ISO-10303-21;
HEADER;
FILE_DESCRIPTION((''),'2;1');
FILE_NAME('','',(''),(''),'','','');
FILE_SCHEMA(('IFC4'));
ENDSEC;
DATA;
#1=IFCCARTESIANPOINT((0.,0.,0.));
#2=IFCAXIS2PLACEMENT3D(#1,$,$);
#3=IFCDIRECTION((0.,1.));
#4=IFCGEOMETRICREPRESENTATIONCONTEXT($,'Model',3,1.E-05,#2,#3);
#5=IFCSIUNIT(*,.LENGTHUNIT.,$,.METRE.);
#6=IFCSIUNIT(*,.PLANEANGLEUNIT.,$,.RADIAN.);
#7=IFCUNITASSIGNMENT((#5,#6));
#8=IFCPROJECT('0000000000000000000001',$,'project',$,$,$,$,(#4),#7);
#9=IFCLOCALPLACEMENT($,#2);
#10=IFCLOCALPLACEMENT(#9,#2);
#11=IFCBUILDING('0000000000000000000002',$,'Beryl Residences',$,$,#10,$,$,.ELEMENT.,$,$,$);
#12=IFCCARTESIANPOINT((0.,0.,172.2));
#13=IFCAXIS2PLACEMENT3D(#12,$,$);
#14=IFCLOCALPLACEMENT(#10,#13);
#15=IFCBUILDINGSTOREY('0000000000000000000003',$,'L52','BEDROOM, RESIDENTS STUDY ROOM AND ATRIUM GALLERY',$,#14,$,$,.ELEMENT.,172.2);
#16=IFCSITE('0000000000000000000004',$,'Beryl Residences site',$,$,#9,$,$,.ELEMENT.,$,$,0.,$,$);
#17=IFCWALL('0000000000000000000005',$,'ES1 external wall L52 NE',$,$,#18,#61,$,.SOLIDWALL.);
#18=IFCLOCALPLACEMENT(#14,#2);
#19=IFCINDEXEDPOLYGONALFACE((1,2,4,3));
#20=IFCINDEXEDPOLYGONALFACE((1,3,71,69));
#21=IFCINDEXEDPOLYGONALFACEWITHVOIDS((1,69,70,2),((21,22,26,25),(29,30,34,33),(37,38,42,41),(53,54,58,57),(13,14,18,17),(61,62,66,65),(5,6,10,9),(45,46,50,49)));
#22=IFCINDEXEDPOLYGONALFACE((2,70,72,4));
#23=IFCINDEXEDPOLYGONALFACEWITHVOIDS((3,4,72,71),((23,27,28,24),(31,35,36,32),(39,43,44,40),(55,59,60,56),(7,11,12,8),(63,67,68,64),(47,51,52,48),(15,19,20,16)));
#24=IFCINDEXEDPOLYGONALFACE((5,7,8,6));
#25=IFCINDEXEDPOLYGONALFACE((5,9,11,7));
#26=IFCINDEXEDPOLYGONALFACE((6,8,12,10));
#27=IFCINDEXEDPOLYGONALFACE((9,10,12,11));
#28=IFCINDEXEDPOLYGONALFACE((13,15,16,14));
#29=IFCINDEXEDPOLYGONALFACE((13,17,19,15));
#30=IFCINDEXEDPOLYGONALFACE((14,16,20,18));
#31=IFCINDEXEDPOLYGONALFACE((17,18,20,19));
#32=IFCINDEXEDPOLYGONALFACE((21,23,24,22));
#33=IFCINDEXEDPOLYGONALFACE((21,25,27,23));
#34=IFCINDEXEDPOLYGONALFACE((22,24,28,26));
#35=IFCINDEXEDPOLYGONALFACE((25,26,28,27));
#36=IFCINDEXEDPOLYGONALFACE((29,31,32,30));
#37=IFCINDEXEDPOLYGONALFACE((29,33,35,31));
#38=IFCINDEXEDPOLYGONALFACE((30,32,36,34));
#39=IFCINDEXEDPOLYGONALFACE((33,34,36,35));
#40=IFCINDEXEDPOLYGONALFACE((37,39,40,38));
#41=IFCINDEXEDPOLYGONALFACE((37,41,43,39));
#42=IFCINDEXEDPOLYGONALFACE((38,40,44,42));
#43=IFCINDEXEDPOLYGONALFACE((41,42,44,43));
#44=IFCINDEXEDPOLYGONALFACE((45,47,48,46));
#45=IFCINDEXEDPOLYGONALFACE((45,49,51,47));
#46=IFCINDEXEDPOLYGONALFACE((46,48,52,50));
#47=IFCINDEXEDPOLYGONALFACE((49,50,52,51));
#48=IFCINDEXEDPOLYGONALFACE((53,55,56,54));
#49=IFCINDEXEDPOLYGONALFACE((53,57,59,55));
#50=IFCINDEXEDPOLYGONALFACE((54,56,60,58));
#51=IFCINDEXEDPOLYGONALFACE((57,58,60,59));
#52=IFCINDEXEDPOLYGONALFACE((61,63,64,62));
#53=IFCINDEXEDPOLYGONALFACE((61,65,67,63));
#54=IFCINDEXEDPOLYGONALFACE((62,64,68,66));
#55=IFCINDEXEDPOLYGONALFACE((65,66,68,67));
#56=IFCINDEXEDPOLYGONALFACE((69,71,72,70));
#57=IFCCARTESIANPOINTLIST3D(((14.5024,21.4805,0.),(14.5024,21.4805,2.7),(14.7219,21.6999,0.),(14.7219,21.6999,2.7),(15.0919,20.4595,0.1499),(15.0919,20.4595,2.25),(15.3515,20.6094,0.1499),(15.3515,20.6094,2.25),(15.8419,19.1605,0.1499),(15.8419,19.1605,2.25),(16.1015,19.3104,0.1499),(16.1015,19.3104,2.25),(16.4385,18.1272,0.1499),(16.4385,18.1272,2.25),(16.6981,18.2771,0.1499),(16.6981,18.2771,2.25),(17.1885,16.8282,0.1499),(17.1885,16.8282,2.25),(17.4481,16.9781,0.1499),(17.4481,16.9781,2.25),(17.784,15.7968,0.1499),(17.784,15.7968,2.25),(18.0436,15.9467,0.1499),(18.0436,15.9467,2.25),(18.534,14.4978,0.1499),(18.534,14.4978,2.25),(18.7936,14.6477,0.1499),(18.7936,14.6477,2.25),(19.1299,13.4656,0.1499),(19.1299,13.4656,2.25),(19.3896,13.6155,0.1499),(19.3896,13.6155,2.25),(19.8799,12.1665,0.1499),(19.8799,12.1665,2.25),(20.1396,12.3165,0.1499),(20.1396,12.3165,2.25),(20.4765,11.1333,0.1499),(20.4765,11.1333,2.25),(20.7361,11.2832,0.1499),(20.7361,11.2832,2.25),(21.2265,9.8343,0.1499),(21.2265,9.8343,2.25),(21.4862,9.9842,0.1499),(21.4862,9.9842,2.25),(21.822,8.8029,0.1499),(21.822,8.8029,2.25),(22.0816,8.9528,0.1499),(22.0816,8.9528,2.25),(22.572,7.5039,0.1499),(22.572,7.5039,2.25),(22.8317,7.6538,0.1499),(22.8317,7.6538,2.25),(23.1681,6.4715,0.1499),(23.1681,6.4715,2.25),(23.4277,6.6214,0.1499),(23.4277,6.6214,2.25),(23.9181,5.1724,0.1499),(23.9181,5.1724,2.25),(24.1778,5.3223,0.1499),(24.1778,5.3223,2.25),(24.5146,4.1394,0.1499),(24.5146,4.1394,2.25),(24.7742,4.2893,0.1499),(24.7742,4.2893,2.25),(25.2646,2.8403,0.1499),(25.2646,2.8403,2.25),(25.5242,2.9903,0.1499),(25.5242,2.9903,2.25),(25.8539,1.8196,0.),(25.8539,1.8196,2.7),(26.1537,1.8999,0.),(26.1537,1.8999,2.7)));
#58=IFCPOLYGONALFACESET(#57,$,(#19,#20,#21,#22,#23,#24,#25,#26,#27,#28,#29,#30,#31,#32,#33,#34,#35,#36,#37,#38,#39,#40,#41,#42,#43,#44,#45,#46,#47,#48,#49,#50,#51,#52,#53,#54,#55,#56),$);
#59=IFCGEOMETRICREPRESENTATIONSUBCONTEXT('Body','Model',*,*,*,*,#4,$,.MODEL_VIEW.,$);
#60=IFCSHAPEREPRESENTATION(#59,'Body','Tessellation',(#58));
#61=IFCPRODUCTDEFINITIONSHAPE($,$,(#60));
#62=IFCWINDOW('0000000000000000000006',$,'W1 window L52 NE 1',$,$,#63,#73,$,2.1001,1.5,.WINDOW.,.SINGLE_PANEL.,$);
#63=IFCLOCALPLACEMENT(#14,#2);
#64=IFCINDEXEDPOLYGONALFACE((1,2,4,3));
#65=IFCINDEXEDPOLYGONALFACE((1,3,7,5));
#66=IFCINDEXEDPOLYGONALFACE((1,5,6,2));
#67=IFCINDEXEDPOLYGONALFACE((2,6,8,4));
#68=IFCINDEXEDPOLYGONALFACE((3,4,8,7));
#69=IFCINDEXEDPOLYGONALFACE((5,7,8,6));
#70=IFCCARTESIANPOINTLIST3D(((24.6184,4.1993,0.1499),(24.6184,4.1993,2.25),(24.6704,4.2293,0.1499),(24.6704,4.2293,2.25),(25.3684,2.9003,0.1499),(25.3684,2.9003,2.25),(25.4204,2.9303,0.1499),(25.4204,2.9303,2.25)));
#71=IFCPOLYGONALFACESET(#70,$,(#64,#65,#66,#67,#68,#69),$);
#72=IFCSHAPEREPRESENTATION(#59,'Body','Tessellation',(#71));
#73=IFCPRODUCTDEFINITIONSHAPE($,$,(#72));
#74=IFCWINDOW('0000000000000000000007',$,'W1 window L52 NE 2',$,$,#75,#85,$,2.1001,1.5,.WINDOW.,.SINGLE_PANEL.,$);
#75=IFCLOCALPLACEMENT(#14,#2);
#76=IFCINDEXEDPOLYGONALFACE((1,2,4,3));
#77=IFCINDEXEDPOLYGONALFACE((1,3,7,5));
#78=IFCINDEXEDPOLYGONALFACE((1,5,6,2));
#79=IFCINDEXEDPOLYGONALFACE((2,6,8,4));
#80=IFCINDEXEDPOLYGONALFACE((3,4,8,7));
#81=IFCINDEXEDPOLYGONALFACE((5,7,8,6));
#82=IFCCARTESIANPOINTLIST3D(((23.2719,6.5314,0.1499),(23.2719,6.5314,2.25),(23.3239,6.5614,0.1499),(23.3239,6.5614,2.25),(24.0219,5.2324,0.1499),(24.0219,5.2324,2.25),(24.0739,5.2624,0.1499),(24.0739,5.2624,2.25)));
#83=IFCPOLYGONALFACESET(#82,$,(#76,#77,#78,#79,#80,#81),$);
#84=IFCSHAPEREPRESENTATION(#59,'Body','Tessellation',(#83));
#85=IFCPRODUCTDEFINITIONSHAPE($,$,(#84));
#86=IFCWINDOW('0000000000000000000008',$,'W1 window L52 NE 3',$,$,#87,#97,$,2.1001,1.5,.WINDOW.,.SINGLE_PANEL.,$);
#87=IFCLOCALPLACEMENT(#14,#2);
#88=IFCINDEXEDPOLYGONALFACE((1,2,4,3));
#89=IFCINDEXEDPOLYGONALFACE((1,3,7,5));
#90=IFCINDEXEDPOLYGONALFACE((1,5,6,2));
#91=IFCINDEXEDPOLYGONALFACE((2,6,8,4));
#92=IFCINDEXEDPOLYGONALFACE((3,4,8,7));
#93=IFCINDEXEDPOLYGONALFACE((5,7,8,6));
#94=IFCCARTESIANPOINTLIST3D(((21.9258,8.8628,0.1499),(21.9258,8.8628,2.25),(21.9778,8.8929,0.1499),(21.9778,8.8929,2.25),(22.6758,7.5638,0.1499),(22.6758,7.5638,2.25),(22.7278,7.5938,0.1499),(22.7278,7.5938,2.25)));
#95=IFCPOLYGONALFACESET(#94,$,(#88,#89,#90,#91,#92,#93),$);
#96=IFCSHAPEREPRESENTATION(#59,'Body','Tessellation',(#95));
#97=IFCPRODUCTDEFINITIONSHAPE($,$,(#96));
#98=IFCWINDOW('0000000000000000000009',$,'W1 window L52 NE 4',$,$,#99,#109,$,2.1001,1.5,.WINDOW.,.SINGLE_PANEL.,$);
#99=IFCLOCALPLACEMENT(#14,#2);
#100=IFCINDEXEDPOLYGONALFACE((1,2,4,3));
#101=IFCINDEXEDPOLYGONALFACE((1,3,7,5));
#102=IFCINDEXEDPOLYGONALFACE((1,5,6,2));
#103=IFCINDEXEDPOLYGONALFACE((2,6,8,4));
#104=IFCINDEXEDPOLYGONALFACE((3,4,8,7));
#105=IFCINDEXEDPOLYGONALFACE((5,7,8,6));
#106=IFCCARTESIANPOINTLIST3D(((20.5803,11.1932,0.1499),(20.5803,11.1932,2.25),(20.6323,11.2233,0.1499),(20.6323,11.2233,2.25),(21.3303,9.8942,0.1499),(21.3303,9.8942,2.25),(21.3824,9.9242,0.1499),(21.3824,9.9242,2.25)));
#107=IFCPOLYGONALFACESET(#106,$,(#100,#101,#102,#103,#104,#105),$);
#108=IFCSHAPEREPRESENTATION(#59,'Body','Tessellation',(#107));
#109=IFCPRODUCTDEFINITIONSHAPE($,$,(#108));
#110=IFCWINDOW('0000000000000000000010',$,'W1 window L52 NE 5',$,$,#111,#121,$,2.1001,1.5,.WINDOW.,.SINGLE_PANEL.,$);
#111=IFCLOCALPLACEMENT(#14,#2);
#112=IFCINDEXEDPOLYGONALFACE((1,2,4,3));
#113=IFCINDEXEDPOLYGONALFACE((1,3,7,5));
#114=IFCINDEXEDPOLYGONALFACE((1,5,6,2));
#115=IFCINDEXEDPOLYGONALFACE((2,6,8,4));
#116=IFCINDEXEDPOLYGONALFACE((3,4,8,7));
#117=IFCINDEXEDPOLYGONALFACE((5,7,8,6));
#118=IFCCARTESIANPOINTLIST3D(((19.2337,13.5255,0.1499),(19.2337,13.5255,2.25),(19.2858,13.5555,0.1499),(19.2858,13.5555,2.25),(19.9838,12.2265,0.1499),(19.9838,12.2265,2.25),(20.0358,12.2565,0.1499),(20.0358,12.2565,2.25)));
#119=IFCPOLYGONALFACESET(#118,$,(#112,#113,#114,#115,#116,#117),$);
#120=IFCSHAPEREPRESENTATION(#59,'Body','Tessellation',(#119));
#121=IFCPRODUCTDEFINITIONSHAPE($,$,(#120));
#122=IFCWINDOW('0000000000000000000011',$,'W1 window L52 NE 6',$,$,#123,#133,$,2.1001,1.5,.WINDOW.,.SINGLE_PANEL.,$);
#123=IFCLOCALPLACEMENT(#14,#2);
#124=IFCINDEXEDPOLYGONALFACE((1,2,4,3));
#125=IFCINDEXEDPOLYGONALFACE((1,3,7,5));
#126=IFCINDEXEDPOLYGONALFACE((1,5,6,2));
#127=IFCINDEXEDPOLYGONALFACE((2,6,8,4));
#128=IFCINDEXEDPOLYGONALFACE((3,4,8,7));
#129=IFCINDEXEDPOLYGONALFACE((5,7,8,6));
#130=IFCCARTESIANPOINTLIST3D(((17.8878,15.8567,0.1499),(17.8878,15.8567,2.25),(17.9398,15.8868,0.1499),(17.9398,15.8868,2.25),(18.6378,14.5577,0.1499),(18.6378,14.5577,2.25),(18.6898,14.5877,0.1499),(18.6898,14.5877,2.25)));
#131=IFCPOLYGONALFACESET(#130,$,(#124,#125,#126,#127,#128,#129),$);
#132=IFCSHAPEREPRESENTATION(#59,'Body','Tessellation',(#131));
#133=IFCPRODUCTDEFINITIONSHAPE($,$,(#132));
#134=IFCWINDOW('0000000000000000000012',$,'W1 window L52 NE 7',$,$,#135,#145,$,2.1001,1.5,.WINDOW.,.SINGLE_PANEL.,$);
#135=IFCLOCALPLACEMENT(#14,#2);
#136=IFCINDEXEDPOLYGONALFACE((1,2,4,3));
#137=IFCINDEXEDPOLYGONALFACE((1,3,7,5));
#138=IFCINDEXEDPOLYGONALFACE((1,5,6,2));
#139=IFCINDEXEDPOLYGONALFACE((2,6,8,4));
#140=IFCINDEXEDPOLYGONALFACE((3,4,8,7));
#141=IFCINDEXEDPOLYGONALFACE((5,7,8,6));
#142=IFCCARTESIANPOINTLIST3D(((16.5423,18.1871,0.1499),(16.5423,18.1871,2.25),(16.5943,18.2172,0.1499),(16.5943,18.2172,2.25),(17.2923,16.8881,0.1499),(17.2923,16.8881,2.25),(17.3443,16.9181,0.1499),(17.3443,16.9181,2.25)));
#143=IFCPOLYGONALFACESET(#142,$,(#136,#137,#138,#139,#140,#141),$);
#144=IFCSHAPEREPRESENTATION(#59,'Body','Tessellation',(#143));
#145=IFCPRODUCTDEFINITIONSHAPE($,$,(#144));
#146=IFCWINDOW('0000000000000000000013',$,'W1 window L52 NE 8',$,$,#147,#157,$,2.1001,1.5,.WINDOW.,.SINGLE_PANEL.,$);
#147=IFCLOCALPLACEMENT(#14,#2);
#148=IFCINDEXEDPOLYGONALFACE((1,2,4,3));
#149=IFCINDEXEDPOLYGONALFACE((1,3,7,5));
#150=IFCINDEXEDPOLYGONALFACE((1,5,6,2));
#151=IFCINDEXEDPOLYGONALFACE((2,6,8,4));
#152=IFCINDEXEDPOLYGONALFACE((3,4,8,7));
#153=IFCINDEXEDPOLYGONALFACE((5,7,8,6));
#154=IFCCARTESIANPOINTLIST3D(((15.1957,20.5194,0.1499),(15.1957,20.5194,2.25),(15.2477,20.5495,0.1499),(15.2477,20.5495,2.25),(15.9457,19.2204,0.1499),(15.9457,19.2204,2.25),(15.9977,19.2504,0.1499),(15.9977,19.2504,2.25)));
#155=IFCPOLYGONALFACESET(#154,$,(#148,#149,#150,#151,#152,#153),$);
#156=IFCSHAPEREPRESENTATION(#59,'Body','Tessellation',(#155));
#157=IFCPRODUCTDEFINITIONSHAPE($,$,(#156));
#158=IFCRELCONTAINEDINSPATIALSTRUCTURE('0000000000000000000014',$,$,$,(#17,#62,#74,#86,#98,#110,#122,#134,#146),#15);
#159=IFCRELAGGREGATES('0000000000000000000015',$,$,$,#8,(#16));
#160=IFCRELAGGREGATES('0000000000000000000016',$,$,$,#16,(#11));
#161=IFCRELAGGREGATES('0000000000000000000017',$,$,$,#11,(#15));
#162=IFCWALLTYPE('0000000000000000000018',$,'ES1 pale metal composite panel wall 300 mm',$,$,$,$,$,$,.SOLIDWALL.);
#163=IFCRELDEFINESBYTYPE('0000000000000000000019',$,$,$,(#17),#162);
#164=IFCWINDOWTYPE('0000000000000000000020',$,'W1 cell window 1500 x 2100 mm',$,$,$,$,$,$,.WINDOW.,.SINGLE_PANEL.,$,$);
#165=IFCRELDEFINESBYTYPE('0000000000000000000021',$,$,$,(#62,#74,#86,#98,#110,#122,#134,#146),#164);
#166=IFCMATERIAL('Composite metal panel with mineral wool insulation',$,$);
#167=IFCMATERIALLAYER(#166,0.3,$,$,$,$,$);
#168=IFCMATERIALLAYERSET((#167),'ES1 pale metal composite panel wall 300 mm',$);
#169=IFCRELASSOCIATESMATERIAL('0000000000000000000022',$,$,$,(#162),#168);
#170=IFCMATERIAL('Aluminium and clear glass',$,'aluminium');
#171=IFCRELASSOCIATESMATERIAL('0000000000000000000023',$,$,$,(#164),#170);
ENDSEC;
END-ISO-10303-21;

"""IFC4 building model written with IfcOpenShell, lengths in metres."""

from ifc_helpers import new_model, si_unit, direction, frame, frame_2d, origin, place, context, subcontext, project, spatial, polyline, rectangle, outline, extrude, material, layer, layer_set, type_object, element, fill, save


model = new_model("IFC4")

# Units and contexts
model_context = context("Model", 3, precision=1e-05, world=origin(), true_north=direction((0.0, 1.0)))
body_context = subcontext(model_context, "Body", "Model", "MODEL_VIEW")
ifc_project = project(units=[si_unit("LENGTHUNIT", "METRE"), si_unit("PLANEANGLEUNIT", "RADIAN")], contexts=[model_context])

# Site, building, storey
site_placement = place(None, origin())
site = spatial("IfcSite", under=ifc_project, at=site_placement, Name="Beryl Residences site", CompositionType="ELEMENT", RefElevation=0.0)
building_placement = place(site_placement, origin())
building = spatial("IfcBuilding", under=site, at=building_placement, Name="Beryl Residences", CompositionType="ELEMENT")
storey_placement = place(building_placement, frame((0.0, 0.0, 172.2)))
storey = spatial("IfcBuildingStorey", under=building, at=storey_placement, Name="L52", Description="BEDROOM, RESIDENTS STUDY ROOM AND ATRIUM GALLERY", CompositionType="ELEMENT", Elevation=172.2)

# Wall, openings, windows
ifc_material_1 = material(Name="Composite metal panel with mineral wool insulation")
ifc_layer = layer(ifc_material_1, 0.3)
ifc_layer_set = layer_set([ifc_layer], Name="ES1 pale metal composite panel wall 300 mm")
wall_type = type_object("IfcWallType", Name="ES1 pale metal composite panel wall 300 mm", PredefinedType="SOLIDWALL", material=ifc_layer_set)
wall_placement = place(storey_placement, frame((26.0239, 1.825, 0.0), z_axis=(0.0, 0.0, 1.0), x_axis=(-0.500011, 0.866019, 0.0)))
wall = element("IfcWall", 1, at=wall_placement, inside=storey, type_object=wall_type, Name="ES1 external wall L52 NE", PredefinedType="SOLIDWALL", context=body_context, shape_type="SweptSolid", body=[
    extrude(outline(polyline([(0.0, -0.1499), (22.8633, -0.1499), (22.783, 0.1499), (0.0803, 0.1499), (0.0, -0.1499)])), origin(), (0.0, 0.0, 1.0), 2.7),
])
opening_1_placement = place(wall_placement, frame((1.259, 0.0, 0.1499)))
opening_1 = element("IfcOpeningElement", 2, at=opening_1_placement, cuts=wall, PredefinedType="OPENING", context=body_context, shape_type="SweptSolid", body=[
    extrude(rectangle(XDim=1.5, YDim=2.1001, at=frame_2d((0.75, 1.05))), frame((0.0, 0.1599, 0.0), z_axis=(0.0, -1.0, 0.0), x_axis=(1.0, 0.0, 0.0)), (0.0, 0.0, 1.0), 0.3201),
])
opening_2_placement = place(wall_placement, frame((3.9519, 0.0, 0.1499)))
opening_2 = element("IfcOpeningElement", 3, at=opening_2_placement, cuts=wall, PredefinedType="OPENING", context=body_context, shape_type="SweptSolid", body=[
    extrude(rectangle(XDim=1.5, YDim=2.1001, at=frame_2d((0.75, 1.05))), frame((0.0, 0.1599, 0.0), z_axis=(0.0, -1.0, 0.0), x_axis=(1.0, 0.0, 0.0)), (0.0, 0.0, 1.0), 0.3201),
])
opening_3_placement = place(wall_placement, frame((6.644, 0.0, 0.1499)))
opening_3 = element("IfcOpeningElement", 4, at=opening_3_placement, cuts=wall, PredefinedType="OPENING", context=body_context, shape_type="SweptSolid", body=[
    extrude(rectangle(XDim=1.5, YDim=2.1001, at=frame_2d((0.75, 1.05))), frame((0.0, 0.1599, 0.0), z_axis=(0.0, -1.0, 0.0), x_axis=(1.0, 0.0, 0.0)), (0.0, 0.0, 1.0), 0.3201),
])
opening_4_placement = place(wall_placement, frame((9.335, 0.0, 0.1499)))
opening_4 = element("IfcOpeningElement", 5, at=opening_4_placement, cuts=wall, PredefinedType="OPENING", context=body_context, shape_type="SweptSolid", body=[
    extrude(rectangle(XDim=1.5, YDim=2.1001, at=frame_2d((0.75, 1.05))), frame((0.0, 0.1599, 0.0), z_axis=(0.0, -1.0, 0.0), x_axis=(1.0, 0.0, 0.0)), (0.0, 0.0, 1.0), 0.3201),
])
opening_5_placement = place(wall_placement, frame((12.0281, 0.0, 0.1499)))
opening_5 = element("IfcOpeningElement", 6, at=opening_5_placement, cuts=wall, PredefinedType="OPENING", context=body_context, shape_type="SweptSolid", body=[
    extrude(rectangle(XDim=1.5, YDim=2.1001, at=frame_2d((0.75, 1.05))), frame((0.0, 0.1599, 0.0), z_axis=(0.0, -1.0, 0.0), x_axis=(1.0, 0.0, 0.0)), (0.0, 0.0, 1.0), 0.3201),
])
opening_6_placement = place(wall_placement, frame((14.72, 0.0, 0.1499)))
opening_6 = element("IfcOpeningElement", 7, at=opening_6_placement, cuts=wall, PredefinedType="OPENING", context=body_context, shape_type="SweptSolid", body=[
    extrude(rectangle(XDim=1.5, YDim=2.1001, at=frame_2d((0.75, 1.05))), frame((0.0, 0.1599, 0.0), z_axis=(0.0, -1.0, 0.0), x_axis=(1.0, 0.0, 0.0)), (0.0, 0.0, 1.0), 0.3201),
])
opening_7_placement = place(wall_placement, frame((17.4109, 0.0, 0.1499)))
opening_7 = element("IfcOpeningElement", 8, at=opening_7_placement, cuts=wall, PredefinedType="OPENING", context=body_context, shape_type="SweptSolid", body=[
    extrude(rectangle(XDim=1.5, YDim=2.1001, at=frame_2d((0.75, 1.05))), frame((0.0, 0.1599, 0.0), z_axis=(0.0, -1.0, 0.0), x_axis=(1.0, 0.0, 0.0)), (0.0, 0.0, 1.0), 0.3201),
])
opening_8_placement = place(wall_placement, frame((20.104, 0.0, 0.1499)))
opening_8 = element("IfcOpeningElement", 9, at=opening_8_placement, cuts=wall, PredefinedType="OPENING", context=body_context, shape_type="SweptSolid", body=[
    extrude(rectangle(XDim=1.5, YDim=2.1001, at=frame_2d((0.75, 1.05))), frame((0.0, 0.1599, 0.0), z_axis=(0.0, -1.0, 0.0), x_axis=(1.0, 0.0, 0.0)), (0.0, 0.0, 1.0), 0.3201),
])
ifc_material_2 = material(Name="Aluminium and clear glass", Category="aluminium")
window_type = type_object("IfcWindowType", Name="W1 cell window 1500 x 2100 mm", PartitioningType="SINGLE_PANEL", PredefinedType="WINDOW", material=ifc_material_2)
window_1_placement = place(opening_1_placement, origin())
window_1 = element("IfcWindow", 10, at=window_1_placement, inside=storey, type_object=window_type, Name="W1 window L52 NE 1", OverallHeight=2.1001, OverallWidth=1.5, PartitioningType="SINGLE_PANEL", PredefinedType="WINDOW", context=body_context, shape_type="SweptSolid", body=[
    extrude(rectangle(XDim=1.5, YDim=2.1001, at=frame_2d((0.75, 1.05))), frame((0.0, 0.03, 0.0), z_axis=(0.0, -1.0, 0.0), x_axis=(1.0, 0.0, 0.0)), (0.0, 0.0, 1.0), 0.0601),
])
fill(opening_1, window_1)
window_2_placement = place(opening_2_placement, origin())
window_2 = element("IfcWindow", 11, at=window_2_placement, inside=storey, type_object=window_type, Name="W1 window L52 NE 2", OverallHeight=2.1001, OverallWidth=1.5, PartitioningType="SINGLE_PANEL", PredefinedType="WINDOW", context=body_context, shape_type="SweptSolid", body=[
    extrude(rectangle(XDim=1.5, YDim=2.1001, at=frame_2d((0.75, 1.05))), frame((0.0, 0.03, 0.0), z_axis=(0.0, -1.0, 0.0), x_axis=(1.0, 0.0, 0.0)), (0.0, 0.0, 1.0), 0.0601),
])
fill(opening_2, window_2)
window_3_placement = place(opening_3_placement, origin())
window_3 = element("IfcWindow", 12, at=window_3_placement, inside=storey, type_object=window_type, Name="W1 window L52 NE 3", OverallHeight=2.1001, OverallWidth=1.5, PartitioningType="SINGLE_PANEL", PredefinedType="WINDOW", context=body_context, shape_type="SweptSolid", body=[
    extrude(rectangle(XDim=1.5, YDim=2.1001, at=frame_2d((0.75, 1.05))), frame((0.0, 0.03, 0.0), z_axis=(0.0, -1.0, 0.0), x_axis=(1.0, 0.0, 0.0)), (0.0, 0.0, 1.0), 0.0601),
])
fill(opening_3, window_3)
window_4_placement = place(opening_4_placement, origin())
window_4 = element("IfcWindow", 13, at=window_4_placement, inside=storey, type_object=window_type, Name="W1 window L52 NE 4", OverallHeight=2.1001, OverallWidth=1.5, PartitioningType="SINGLE_PANEL", PredefinedType="WINDOW", context=body_context, shape_type="SweptSolid", body=[
    extrude(rectangle(XDim=1.5, YDim=2.1001, at=frame_2d((0.75, 1.05))), frame((0.0, 0.03, 0.0), z_axis=(0.0, -1.0, 0.0), x_axis=(1.0, 0.0, 0.0)), (0.0, 0.0, 1.0), 0.0601),
])
fill(opening_4, window_4)
window_5_placement = place(opening_5_placement, origin())
window_5 = element("IfcWindow", 14, at=window_5_placement, inside=storey, type_object=window_type, Name="W1 window L52 NE 5", OverallHeight=2.1001, OverallWidth=1.5, PartitioningType="SINGLE_PANEL", PredefinedType="WINDOW", context=body_context, shape_type="SweptSolid", body=[
    extrude(rectangle(XDim=1.5, YDim=2.1001, at=frame_2d((0.75, 1.05))), frame((0.0, 0.03, 0.0), z_axis=(0.0, -1.0, 0.0), x_axis=(1.0, 0.0, 0.0)), (0.0, 0.0, 1.0), 0.0601),
])
fill(opening_5, window_5)
window_6_placement = place(opening_6_placement, origin())
window_6 = element("IfcWindow", 15, at=window_6_placement, inside=storey, type_object=window_type, Name="W1 window L52 NE 6", OverallHeight=2.1001, OverallWidth=1.5, PartitioningType="SINGLE_PANEL", PredefinedType="WINDOW", context=body_context, shape_type="SweptSolid", body=[
    extrude(rectangle(XDim=1.5, YDim=2.1001, at=frame_2d((0.75, 1.05))), frame((0.0, 0.03, 0.0), z_axis=(0.0, -1.0, 0.0), x_axis=(1.0, 0.0, 0.0)), (0.0, 0.0, 1.0), 0.0601),
])
fill(opening_6, window_6)
window_7_placement = place(opening_7_placement, origin())
window_7 = element("IfcWindow", 16, at=window_7_placement, inside=storey, type_object=window_type, Name="W1 window L52 NE 7", OverallHeight=2.1001, OverallWidth=1.5, PartitioningType="SINGLE_PANEL", PredefinedType="WINDOW", context=body_context, shape_type="SweptSolid", body=[
    extrude(rectangle(XDim=1.5, YDim=2.1001, at=frame_2d((0.75, 1.05))), frame((0.0, 0.03, 0.0), z_axis=(0.0, -1.0, 0.0), x_axis=(1.0, 0.0, 0.0)), (0.0, 0.0, 1.0), 0.0601),
])
fill(opening_7, window_7)
window_8_placement = place(opening_8_placement, origin())
window_8 = element("IfcWindow", 17, at=window_8_placement, inside=storey, type_object=window_type, Name="W1 window L52 NE 8", OverallHeight=2.1001, OverallWidth=1.5, PartitioningType="SINGLE_PANEL", PredefinedType="WINDOW", context=body_context, shape_type="SweptSolid", body=[
    extrude(rectangle(XDim=1.5, YDim=2.1001, at=frame_2d((0.75, 1.05))), frame((0.0, 0.03, 0.0), z_axis=(0.0, -1.0, 0.0), x_axis=(1.0, 0.0, 0.0)), (0.0, 0.0, 1.0), 0.0601),
])
fill(opening_8, window_8)

save(model, "model.ifc")
